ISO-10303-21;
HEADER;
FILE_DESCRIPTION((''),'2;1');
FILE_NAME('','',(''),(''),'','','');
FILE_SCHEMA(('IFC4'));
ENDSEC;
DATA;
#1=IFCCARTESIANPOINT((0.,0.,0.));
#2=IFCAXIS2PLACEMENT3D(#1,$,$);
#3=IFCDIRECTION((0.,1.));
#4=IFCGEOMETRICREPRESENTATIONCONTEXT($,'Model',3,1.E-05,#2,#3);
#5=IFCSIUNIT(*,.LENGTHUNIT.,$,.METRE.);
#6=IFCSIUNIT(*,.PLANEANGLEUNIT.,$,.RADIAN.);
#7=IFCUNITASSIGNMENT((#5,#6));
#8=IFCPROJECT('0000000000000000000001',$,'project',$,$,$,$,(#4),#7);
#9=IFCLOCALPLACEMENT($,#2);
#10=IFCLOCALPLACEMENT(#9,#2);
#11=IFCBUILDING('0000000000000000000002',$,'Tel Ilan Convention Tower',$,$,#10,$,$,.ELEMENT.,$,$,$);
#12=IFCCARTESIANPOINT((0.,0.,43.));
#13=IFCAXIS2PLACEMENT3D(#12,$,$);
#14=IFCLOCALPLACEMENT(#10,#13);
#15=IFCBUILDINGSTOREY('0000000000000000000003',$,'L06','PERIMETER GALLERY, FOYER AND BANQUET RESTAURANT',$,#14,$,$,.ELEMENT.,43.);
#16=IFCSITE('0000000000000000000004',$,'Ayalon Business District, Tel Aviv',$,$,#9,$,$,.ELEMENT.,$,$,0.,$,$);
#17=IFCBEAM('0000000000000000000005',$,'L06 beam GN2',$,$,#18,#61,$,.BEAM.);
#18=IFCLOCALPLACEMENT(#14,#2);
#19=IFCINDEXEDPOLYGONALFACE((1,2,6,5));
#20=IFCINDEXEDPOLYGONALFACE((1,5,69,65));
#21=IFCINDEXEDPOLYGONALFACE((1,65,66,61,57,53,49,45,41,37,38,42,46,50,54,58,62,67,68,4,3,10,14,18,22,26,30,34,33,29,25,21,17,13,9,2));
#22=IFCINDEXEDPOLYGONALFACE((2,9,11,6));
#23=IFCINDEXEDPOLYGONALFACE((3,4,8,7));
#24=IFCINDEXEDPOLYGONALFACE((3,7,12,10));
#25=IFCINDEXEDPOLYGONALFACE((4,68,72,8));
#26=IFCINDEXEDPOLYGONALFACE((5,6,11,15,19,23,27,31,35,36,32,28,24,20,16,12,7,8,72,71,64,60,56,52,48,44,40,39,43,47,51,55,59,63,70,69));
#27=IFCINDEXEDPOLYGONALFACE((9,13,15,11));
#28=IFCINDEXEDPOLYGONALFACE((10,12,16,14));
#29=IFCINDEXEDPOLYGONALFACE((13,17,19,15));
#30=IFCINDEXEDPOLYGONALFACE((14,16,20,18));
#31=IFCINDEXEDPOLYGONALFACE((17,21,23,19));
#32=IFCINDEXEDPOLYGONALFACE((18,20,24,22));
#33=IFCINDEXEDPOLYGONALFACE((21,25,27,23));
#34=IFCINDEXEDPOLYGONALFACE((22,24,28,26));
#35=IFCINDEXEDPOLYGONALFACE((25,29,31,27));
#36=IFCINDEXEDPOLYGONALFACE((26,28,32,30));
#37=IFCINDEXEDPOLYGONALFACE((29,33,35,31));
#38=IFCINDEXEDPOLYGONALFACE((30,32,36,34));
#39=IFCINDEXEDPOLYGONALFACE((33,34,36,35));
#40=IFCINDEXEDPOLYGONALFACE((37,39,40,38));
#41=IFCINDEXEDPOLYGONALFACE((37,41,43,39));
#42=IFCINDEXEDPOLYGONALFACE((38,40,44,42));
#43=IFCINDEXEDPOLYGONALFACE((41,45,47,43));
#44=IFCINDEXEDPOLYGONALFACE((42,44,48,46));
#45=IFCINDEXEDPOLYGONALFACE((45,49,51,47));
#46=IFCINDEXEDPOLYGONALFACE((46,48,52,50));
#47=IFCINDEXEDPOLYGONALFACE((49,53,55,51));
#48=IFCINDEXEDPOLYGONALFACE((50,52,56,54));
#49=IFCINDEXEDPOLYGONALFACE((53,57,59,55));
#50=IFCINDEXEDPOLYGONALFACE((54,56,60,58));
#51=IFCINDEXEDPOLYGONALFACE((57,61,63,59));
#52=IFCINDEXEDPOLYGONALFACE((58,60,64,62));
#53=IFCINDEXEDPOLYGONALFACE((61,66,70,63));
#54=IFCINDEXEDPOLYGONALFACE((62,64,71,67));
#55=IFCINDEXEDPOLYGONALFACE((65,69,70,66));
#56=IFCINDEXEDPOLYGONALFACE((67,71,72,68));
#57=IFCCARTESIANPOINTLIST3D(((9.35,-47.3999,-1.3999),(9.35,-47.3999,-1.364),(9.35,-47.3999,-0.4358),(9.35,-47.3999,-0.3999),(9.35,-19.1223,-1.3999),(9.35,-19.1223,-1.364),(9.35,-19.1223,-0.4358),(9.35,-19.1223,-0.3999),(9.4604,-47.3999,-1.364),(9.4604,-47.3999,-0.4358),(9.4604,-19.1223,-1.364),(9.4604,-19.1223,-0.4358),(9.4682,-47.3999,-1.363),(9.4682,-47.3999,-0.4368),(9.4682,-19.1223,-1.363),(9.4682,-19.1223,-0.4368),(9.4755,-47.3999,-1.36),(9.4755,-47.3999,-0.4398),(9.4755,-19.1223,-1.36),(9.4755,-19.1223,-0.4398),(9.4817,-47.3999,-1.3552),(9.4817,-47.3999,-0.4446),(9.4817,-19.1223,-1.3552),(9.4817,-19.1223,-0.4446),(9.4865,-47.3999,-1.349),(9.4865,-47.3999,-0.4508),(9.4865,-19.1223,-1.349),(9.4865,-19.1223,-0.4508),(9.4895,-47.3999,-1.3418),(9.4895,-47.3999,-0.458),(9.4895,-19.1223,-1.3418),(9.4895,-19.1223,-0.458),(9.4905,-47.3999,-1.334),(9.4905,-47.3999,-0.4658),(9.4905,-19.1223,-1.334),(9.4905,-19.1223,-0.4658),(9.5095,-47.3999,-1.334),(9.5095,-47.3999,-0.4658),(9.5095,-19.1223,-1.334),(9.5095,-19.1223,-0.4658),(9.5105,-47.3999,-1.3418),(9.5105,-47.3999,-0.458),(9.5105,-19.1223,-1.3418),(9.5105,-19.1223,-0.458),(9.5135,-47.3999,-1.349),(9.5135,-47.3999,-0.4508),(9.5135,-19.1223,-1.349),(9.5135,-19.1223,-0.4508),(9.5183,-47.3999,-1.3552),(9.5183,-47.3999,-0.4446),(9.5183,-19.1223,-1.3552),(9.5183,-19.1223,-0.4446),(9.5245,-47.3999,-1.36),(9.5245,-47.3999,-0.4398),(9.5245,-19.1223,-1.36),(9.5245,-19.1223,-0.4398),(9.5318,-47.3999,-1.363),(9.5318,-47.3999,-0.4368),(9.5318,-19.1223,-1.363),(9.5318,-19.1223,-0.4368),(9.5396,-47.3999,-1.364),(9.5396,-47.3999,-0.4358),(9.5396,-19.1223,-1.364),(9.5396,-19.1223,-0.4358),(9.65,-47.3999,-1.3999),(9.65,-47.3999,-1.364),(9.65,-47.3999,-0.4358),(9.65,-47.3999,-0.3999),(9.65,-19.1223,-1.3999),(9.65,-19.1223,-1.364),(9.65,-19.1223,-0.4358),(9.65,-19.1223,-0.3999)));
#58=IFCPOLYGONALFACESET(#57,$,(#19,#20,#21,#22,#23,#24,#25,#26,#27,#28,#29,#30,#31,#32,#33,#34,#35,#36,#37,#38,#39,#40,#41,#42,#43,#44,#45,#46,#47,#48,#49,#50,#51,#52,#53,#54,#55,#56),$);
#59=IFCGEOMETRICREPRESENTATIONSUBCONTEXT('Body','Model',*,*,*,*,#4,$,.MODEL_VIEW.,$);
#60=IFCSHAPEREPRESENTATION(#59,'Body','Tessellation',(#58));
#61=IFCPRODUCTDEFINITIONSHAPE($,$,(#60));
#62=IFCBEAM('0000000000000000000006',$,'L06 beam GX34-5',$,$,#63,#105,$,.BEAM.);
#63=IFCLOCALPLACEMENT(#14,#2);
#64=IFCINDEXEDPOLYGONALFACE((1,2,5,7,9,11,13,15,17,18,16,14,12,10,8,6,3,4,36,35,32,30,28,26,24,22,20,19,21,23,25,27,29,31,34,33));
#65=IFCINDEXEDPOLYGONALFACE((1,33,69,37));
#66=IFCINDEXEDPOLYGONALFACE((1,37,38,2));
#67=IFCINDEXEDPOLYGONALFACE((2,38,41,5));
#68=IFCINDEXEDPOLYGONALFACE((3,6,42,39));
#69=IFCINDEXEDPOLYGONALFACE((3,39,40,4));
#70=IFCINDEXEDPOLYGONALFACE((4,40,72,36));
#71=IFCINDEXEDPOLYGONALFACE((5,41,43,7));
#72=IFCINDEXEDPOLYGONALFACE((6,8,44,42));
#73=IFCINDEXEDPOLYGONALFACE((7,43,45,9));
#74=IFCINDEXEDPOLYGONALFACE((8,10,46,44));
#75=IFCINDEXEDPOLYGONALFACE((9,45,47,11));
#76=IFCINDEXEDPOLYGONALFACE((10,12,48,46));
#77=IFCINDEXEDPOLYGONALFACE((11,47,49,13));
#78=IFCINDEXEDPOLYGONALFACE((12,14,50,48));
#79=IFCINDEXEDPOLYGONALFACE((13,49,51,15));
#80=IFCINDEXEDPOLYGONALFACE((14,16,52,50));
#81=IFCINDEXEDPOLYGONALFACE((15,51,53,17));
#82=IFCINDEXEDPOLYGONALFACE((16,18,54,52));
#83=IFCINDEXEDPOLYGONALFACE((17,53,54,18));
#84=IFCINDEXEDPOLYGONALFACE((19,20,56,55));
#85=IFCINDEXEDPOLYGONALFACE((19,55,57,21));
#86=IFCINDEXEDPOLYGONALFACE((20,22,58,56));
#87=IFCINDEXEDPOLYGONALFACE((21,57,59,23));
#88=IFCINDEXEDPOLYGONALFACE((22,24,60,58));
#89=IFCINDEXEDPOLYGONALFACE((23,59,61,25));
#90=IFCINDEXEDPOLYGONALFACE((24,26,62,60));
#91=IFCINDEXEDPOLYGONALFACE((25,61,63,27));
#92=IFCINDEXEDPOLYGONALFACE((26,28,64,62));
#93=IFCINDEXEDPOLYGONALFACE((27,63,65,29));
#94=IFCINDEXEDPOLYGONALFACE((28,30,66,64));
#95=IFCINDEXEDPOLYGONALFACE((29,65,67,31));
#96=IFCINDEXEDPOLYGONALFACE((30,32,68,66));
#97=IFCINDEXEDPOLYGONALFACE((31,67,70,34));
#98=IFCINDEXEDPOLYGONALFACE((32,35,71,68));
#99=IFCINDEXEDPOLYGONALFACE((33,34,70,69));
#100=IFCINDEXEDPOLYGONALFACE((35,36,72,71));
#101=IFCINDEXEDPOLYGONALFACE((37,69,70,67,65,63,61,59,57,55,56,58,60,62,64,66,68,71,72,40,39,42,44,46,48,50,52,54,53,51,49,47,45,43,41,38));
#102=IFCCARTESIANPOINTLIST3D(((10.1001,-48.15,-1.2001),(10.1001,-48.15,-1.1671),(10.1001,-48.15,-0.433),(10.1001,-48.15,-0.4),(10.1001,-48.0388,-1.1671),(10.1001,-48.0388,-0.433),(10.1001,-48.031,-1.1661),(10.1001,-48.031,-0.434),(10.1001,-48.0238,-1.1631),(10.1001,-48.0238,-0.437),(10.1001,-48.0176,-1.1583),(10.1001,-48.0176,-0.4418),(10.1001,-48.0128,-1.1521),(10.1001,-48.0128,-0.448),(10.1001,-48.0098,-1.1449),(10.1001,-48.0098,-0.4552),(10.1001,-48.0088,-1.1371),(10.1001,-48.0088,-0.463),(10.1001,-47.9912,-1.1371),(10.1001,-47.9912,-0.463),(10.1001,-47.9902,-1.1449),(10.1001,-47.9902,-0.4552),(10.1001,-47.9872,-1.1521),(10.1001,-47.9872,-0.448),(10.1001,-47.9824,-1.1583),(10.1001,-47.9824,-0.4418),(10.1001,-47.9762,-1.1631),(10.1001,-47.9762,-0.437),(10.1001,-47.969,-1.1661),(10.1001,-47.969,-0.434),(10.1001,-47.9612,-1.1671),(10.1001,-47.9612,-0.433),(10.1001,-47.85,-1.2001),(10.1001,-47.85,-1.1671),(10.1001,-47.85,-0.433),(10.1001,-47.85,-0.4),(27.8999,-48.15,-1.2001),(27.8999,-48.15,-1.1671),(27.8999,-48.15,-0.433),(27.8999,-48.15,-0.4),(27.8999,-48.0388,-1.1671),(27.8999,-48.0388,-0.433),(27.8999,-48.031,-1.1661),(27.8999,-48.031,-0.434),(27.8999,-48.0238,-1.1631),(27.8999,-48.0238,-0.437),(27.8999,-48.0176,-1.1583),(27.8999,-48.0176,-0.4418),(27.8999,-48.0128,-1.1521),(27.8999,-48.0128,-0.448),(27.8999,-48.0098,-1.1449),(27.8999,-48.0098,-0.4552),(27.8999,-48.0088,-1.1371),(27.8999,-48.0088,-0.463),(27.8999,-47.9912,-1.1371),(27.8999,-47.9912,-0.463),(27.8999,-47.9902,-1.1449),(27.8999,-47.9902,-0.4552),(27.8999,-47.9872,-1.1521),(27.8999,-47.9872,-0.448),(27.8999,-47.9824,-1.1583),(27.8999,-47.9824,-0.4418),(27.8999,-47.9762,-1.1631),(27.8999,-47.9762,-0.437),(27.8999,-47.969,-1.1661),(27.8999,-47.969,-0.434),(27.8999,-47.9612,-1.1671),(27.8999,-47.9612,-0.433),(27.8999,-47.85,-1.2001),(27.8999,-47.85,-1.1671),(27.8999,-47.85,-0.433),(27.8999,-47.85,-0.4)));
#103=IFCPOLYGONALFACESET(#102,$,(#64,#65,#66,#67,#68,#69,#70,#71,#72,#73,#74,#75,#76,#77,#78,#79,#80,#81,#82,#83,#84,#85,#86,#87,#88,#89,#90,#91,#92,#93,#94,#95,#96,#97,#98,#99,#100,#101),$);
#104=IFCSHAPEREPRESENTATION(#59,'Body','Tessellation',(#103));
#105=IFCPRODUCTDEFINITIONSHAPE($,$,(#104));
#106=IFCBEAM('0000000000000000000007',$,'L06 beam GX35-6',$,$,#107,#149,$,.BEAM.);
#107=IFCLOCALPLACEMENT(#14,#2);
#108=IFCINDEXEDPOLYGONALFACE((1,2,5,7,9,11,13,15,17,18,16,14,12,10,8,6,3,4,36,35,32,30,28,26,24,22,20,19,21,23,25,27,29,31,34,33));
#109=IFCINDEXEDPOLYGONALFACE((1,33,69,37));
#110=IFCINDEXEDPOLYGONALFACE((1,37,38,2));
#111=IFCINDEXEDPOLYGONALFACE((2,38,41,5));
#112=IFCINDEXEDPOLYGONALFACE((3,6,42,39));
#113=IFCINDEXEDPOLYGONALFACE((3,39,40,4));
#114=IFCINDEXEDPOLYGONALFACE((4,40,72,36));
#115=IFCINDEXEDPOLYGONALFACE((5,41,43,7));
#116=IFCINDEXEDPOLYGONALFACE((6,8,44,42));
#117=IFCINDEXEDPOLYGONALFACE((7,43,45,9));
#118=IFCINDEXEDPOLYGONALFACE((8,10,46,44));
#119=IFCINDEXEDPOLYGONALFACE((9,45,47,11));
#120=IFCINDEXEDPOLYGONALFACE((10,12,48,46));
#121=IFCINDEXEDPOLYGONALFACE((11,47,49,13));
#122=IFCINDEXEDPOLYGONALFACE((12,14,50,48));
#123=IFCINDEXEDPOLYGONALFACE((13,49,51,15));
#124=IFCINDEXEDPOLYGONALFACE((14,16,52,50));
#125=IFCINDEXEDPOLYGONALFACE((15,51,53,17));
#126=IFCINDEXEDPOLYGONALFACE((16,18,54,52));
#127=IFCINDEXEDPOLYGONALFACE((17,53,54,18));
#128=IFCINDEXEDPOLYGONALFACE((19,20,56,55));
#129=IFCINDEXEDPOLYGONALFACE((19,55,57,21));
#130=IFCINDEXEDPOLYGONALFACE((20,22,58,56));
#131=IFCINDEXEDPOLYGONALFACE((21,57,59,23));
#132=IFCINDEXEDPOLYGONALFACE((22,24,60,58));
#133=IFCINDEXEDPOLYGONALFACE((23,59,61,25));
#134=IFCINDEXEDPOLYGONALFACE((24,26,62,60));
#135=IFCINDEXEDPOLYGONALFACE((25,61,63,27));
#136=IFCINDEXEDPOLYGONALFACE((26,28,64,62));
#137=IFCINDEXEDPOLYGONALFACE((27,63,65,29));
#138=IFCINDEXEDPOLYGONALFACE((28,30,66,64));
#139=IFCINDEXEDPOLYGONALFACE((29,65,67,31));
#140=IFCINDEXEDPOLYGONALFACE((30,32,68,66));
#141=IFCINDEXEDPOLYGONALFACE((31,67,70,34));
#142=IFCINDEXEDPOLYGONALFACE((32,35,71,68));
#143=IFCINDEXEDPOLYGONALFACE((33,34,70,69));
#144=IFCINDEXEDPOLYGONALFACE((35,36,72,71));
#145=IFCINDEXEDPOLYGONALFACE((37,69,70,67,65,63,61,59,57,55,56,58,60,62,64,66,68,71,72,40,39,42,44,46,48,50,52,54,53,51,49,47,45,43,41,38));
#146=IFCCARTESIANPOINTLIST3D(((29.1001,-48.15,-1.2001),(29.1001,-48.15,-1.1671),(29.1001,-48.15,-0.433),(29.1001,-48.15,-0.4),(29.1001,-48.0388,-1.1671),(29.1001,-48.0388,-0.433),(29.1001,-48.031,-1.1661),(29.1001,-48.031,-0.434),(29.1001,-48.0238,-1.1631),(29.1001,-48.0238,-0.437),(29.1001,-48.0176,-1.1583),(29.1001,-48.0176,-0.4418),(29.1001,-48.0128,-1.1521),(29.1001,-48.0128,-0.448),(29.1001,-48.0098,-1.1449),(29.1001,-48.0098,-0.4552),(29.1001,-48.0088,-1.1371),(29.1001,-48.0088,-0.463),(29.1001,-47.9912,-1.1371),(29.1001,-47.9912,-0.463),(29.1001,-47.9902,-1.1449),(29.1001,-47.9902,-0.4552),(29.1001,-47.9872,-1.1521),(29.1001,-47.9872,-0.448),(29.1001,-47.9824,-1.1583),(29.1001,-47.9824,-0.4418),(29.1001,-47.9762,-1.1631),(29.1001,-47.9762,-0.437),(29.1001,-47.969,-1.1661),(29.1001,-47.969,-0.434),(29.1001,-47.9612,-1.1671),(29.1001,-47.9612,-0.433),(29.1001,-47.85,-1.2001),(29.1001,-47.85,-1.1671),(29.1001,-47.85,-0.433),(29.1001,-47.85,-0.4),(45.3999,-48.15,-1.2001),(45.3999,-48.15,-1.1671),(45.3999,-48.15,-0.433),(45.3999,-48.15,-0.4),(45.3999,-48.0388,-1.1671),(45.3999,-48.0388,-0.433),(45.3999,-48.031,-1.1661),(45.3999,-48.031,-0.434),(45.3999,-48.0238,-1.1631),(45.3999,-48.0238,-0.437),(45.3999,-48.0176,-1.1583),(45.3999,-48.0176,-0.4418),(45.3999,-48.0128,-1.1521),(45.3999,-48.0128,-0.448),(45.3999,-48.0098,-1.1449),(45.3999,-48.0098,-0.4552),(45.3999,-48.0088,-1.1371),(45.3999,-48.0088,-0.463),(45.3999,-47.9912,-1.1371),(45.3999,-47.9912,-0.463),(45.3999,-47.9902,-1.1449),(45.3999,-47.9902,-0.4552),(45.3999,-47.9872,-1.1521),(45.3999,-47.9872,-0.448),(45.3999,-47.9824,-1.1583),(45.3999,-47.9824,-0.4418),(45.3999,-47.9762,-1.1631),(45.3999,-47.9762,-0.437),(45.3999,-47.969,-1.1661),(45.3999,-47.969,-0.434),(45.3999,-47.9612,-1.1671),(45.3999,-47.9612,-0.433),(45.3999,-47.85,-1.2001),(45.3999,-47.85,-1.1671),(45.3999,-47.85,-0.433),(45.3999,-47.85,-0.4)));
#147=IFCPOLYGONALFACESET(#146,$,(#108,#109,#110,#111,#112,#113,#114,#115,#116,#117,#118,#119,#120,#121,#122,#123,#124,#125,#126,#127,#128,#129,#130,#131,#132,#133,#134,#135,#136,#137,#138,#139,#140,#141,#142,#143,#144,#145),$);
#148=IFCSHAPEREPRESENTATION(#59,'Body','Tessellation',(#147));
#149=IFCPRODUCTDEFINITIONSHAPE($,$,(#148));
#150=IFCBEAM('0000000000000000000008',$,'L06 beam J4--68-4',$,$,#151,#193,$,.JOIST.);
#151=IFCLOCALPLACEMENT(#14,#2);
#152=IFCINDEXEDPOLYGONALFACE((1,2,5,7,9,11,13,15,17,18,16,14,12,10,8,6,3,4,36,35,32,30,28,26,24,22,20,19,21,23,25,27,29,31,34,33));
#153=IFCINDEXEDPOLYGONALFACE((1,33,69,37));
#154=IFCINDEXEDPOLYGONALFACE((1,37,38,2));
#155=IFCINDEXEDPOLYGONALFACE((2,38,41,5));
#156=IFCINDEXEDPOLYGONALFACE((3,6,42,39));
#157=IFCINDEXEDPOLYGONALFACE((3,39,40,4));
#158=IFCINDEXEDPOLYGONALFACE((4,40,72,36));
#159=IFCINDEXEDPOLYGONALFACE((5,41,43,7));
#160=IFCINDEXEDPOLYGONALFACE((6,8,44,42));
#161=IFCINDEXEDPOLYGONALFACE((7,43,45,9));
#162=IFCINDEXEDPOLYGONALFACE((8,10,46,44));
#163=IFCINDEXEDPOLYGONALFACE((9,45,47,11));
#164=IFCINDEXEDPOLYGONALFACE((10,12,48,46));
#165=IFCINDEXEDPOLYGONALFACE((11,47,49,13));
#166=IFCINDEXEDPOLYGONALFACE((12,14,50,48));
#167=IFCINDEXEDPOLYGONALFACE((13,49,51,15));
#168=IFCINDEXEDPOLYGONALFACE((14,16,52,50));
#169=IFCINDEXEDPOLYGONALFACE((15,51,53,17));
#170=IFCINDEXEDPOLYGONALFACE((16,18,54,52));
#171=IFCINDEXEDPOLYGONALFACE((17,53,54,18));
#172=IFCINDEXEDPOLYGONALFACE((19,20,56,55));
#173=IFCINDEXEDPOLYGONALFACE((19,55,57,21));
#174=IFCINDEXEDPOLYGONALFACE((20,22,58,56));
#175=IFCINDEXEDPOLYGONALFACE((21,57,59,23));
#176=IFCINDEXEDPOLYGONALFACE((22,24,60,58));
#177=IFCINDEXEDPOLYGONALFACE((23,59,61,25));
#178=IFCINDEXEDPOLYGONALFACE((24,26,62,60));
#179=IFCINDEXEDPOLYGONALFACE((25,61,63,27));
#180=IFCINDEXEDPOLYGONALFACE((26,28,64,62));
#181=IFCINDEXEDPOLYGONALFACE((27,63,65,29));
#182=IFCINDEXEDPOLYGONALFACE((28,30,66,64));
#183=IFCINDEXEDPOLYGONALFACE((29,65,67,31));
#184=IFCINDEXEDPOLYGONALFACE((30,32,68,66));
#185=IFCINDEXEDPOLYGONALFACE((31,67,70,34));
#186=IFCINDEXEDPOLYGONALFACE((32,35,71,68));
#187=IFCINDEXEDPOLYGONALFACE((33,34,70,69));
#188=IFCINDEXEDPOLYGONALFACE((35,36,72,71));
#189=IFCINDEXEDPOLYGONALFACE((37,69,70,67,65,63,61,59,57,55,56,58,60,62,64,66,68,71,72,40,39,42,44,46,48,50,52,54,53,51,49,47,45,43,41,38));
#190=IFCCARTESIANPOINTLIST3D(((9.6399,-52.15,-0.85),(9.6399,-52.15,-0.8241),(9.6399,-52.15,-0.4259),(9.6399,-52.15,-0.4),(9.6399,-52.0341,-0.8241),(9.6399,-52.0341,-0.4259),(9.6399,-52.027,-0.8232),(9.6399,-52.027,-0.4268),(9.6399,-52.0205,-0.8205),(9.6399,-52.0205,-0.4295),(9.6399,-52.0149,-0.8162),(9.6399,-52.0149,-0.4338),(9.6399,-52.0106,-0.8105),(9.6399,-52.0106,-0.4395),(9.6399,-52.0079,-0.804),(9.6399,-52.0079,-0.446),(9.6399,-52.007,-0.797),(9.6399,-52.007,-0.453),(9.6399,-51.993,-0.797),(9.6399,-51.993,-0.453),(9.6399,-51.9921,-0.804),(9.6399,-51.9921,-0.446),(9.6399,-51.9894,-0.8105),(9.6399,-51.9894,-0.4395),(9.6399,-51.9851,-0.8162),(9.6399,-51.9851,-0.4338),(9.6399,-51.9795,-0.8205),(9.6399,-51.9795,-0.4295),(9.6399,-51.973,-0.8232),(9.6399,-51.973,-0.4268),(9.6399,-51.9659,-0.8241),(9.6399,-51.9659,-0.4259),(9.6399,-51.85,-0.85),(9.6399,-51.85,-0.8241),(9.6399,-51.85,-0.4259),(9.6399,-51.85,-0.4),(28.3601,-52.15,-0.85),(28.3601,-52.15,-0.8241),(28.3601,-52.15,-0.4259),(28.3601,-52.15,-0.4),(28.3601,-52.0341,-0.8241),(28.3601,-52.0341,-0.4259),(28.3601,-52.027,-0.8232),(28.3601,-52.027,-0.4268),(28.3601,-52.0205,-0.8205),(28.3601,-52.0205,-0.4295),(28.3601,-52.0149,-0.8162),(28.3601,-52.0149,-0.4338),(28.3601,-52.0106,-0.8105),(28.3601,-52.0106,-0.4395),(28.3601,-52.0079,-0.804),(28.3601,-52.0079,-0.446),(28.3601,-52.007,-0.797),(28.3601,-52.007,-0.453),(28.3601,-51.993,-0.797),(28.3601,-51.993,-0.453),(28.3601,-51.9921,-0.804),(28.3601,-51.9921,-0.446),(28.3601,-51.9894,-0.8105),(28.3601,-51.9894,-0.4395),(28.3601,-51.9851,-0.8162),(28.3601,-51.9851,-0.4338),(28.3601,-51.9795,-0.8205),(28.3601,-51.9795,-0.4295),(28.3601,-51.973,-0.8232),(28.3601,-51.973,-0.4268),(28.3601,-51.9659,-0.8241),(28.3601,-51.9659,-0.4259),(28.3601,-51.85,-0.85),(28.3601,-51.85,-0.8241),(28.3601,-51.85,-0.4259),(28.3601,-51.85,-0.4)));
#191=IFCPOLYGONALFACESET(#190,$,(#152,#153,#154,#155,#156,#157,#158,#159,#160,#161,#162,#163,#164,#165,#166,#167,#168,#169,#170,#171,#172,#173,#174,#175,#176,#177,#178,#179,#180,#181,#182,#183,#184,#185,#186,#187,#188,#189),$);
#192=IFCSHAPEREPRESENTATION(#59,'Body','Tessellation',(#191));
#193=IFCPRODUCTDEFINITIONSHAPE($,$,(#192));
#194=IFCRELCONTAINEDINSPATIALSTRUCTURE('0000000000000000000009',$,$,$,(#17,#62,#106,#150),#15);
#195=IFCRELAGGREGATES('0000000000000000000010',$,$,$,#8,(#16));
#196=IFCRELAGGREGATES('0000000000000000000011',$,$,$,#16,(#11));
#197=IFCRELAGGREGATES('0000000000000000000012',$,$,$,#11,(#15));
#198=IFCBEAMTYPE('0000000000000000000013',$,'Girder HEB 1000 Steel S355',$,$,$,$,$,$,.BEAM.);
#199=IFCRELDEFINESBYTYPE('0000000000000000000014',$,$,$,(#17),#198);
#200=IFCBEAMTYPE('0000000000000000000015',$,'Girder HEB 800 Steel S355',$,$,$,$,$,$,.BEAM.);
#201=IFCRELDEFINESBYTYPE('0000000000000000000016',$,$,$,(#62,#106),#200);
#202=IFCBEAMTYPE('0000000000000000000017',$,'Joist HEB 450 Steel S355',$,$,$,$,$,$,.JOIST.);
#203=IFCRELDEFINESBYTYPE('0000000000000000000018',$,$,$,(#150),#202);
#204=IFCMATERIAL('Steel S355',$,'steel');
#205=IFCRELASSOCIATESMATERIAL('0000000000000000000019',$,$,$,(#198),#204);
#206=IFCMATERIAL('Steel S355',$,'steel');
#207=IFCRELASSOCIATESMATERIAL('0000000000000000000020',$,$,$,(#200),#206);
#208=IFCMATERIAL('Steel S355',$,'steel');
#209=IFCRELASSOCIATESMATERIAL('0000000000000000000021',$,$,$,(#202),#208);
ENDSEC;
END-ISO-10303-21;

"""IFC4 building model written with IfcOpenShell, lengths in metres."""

from ifc_helpers import new_model, si_unit, direction, frame, origin, origin_2d, place, context, subcontext, project, spatial, i_section, extrude, material, material_profile, profile_set, type_object, element, save


model = new_model("IFC4")

# Units and contexts
model_context = context("Model", 3, precision=1e-05, world=origin(), true_north=direction((0.0, 1.0)))
body_context = subcontext(model_context, "Body", "Model", "MODEL_VIEW")
ifc_project = project(units=[si_unit("LENGTHUNIT", "METRE"), si_unit("PLANEANGLEUNIT", "RADIAN")], contexts=[model_context])

# Site, building, storey
site_placement = place(None, origin())
site = spatial("IfcSite", under=ifc_project, at=site_placement, Name="Ayalon Business District, Tel Aviv", CompositionType="ELEMENT", RefElevation=0.0)
building_placement = place(site_placement, origin())
building = spatial("IfcBuilding", under=site, at=building_placement, Name="Tel Ilan Convention Tower", CompositionType="ELEMENT")
storey_placement = place(building_placement, frame((0.0, 0.0, 43.0)))
storey = spatial("IfcBuildingStorey", under=building, at=storey_placement, Name="L06", Description="PERIMETER GALLERY, FOYER AND BANQUET RESTAURANT", CompositionType="ELEMENT", Elevation=43.0)

# Beams
ifc_material_1 = material(Name="Steel S355", Category="steel")
ifc_material_profile_1 = material_profile(ifc_material_1, i_section(OverallWidth=0.3, OverallDepth=1.0, WebThickness=0.019, FlangeThickness=0.0359, FilletRadius=0.03, at=origin_2d()), Name="HEB 1000")
ifc_profile_set_1 = profile_set([ifc_material_profile_1], Name="Steel S355")
beam_type_1 = type_object("IfcBeamType", Name="Girder HEB 1000 Steel S355", PredefinedType="BEAM", material=ifc_profile_set_1)
beam_1_placement = place(storey_placement, frame((9.5, -47.3999, -0.8999), z_axis=(0.0, 1.0, 0.0), x_axis=(-1.0, 0.0, 0.0)))
element("IfcBeam", 1, at=beam_1_placement, inside=storey, type_object=beam_type_1, Name="L06 beam GN2", PredefinedType="BEAM", context=body_context, shape_type="SweptSolid", body=[
    extrude(i_section(OverallWidth=0.3, OverallDepth=1.0, WebThickness=0.019, FlangeThickness=0.0359, FilletRadius=0.03, at=origin_2d()), origin(), (0.0, 0.0, 1.0), 28.2776),
])
ifc_material_2 = material(Name="Steel S355", Category="steel")
ifc_material_profile_2 = material_profile(ifc_material_2, i_section(OverallWidth=0.3, OverallDepth=0.8, WebThickness=0.0176, FlangeThickness=0.033, FilletRadius=0.03, at=origin_2d()), Name="HEB 800")
ifc_profile_set_2 = profile_set([ifc_material_profile_2], Name="Steel S355")
beam_type_2 = type_object("IfcBeamType", Name="Girder HEB 800 Steel S355", PredefinedType="BEAM", material=ifc_profile_set_2)
beam_2_placement = place(storey_placement, frame((10.1001, -48.0, -0.8), z_axis=(1.0, 0.0, 0.0), x_axis=(0.0, 1.0, 0.0)))
element("IfcBeam", 2, at=beam_2_placement, inside=storey, type_object=beam_type_2, Name="L06 beam GX34-5", PredefinedType="BEAM", context=body_context, shape_type="SweptSolid", body=[
    extrude(i_section(OverallWidth=0.3, OverallDepth=0.8, WebThickness=0.0176, FlangeThickness=0.033, FilletRadius=0.03, at=origin_2d()), origin(), (0.0, 0.0, 1.0), 17.7998),
])
beam_3_placement = place(storey_placement, frame((29.1001, -48.0, -0.8), z_axis=(1.0, 0.0, 0.0), x_axis=(0.0, 1.0, 0.0)))
element("IfcBeam", 3, at=beam_3_placement, inside=storey, type_object=beam_type_2, Name="L06 beam GX35-6", PredefinedType="BEAM", context=body_context, shape_type="SweptSolid", body=[
    extrude(i_section(OverallWidth=0.3, OverallDepth=0.8, WebThickness=0.0176, FlangeThickness=0.033, FilletRadius=0.03, at=origin_2d()), origin(), (0.0, 0.0, 1.0), 16.2998),
])
ifc_material_3 = material(Name="Steel S355", Category="steel")
ifc_material_profile_3 = material_profile(ifc_material_3, i_section(OverallWidth=0.3, OverallDepth=0.45, WebThickness=0.0139, FlangeThickness=0.0259, FilletRadius=0.0271, at=origin_2d()), Name="HEB 450")
ifc_profile_set_3 = profile_set([ifc_material_profile_3], Name="Steel S355")
beam_type_3 = type_object("IfcBeamType", Name="Joist HEB 450 Steel S355", PredefinedType="JOIST", material=ifc_profile_set_3)
beam_4_placement = place(storey_placement, frame((9.6399, -52.0, -0.625), z_axis=(1.0, 0.0, 0.0), x_axis=(0.0, 1.0, 0.0)))
element("IfcBeam", 4, at=beam_4_placement, inside=storey, type_object=beam_type_3, Name="L06 beam J4--68-4", PredefinedType="JOIST", context=body_context, shape_type="SweptSolid", body=[
    extrude(i_section(OverallWidth=0.3, OverallDepth=0.45, WebThickness=0.0139, FlangeThickness=0.0259, FilletRadius=0.0271, at=origin_2d()), origin(), (0.0, 0.0, 1.0), 18.7202),
])

save(model, "model.ifc")
